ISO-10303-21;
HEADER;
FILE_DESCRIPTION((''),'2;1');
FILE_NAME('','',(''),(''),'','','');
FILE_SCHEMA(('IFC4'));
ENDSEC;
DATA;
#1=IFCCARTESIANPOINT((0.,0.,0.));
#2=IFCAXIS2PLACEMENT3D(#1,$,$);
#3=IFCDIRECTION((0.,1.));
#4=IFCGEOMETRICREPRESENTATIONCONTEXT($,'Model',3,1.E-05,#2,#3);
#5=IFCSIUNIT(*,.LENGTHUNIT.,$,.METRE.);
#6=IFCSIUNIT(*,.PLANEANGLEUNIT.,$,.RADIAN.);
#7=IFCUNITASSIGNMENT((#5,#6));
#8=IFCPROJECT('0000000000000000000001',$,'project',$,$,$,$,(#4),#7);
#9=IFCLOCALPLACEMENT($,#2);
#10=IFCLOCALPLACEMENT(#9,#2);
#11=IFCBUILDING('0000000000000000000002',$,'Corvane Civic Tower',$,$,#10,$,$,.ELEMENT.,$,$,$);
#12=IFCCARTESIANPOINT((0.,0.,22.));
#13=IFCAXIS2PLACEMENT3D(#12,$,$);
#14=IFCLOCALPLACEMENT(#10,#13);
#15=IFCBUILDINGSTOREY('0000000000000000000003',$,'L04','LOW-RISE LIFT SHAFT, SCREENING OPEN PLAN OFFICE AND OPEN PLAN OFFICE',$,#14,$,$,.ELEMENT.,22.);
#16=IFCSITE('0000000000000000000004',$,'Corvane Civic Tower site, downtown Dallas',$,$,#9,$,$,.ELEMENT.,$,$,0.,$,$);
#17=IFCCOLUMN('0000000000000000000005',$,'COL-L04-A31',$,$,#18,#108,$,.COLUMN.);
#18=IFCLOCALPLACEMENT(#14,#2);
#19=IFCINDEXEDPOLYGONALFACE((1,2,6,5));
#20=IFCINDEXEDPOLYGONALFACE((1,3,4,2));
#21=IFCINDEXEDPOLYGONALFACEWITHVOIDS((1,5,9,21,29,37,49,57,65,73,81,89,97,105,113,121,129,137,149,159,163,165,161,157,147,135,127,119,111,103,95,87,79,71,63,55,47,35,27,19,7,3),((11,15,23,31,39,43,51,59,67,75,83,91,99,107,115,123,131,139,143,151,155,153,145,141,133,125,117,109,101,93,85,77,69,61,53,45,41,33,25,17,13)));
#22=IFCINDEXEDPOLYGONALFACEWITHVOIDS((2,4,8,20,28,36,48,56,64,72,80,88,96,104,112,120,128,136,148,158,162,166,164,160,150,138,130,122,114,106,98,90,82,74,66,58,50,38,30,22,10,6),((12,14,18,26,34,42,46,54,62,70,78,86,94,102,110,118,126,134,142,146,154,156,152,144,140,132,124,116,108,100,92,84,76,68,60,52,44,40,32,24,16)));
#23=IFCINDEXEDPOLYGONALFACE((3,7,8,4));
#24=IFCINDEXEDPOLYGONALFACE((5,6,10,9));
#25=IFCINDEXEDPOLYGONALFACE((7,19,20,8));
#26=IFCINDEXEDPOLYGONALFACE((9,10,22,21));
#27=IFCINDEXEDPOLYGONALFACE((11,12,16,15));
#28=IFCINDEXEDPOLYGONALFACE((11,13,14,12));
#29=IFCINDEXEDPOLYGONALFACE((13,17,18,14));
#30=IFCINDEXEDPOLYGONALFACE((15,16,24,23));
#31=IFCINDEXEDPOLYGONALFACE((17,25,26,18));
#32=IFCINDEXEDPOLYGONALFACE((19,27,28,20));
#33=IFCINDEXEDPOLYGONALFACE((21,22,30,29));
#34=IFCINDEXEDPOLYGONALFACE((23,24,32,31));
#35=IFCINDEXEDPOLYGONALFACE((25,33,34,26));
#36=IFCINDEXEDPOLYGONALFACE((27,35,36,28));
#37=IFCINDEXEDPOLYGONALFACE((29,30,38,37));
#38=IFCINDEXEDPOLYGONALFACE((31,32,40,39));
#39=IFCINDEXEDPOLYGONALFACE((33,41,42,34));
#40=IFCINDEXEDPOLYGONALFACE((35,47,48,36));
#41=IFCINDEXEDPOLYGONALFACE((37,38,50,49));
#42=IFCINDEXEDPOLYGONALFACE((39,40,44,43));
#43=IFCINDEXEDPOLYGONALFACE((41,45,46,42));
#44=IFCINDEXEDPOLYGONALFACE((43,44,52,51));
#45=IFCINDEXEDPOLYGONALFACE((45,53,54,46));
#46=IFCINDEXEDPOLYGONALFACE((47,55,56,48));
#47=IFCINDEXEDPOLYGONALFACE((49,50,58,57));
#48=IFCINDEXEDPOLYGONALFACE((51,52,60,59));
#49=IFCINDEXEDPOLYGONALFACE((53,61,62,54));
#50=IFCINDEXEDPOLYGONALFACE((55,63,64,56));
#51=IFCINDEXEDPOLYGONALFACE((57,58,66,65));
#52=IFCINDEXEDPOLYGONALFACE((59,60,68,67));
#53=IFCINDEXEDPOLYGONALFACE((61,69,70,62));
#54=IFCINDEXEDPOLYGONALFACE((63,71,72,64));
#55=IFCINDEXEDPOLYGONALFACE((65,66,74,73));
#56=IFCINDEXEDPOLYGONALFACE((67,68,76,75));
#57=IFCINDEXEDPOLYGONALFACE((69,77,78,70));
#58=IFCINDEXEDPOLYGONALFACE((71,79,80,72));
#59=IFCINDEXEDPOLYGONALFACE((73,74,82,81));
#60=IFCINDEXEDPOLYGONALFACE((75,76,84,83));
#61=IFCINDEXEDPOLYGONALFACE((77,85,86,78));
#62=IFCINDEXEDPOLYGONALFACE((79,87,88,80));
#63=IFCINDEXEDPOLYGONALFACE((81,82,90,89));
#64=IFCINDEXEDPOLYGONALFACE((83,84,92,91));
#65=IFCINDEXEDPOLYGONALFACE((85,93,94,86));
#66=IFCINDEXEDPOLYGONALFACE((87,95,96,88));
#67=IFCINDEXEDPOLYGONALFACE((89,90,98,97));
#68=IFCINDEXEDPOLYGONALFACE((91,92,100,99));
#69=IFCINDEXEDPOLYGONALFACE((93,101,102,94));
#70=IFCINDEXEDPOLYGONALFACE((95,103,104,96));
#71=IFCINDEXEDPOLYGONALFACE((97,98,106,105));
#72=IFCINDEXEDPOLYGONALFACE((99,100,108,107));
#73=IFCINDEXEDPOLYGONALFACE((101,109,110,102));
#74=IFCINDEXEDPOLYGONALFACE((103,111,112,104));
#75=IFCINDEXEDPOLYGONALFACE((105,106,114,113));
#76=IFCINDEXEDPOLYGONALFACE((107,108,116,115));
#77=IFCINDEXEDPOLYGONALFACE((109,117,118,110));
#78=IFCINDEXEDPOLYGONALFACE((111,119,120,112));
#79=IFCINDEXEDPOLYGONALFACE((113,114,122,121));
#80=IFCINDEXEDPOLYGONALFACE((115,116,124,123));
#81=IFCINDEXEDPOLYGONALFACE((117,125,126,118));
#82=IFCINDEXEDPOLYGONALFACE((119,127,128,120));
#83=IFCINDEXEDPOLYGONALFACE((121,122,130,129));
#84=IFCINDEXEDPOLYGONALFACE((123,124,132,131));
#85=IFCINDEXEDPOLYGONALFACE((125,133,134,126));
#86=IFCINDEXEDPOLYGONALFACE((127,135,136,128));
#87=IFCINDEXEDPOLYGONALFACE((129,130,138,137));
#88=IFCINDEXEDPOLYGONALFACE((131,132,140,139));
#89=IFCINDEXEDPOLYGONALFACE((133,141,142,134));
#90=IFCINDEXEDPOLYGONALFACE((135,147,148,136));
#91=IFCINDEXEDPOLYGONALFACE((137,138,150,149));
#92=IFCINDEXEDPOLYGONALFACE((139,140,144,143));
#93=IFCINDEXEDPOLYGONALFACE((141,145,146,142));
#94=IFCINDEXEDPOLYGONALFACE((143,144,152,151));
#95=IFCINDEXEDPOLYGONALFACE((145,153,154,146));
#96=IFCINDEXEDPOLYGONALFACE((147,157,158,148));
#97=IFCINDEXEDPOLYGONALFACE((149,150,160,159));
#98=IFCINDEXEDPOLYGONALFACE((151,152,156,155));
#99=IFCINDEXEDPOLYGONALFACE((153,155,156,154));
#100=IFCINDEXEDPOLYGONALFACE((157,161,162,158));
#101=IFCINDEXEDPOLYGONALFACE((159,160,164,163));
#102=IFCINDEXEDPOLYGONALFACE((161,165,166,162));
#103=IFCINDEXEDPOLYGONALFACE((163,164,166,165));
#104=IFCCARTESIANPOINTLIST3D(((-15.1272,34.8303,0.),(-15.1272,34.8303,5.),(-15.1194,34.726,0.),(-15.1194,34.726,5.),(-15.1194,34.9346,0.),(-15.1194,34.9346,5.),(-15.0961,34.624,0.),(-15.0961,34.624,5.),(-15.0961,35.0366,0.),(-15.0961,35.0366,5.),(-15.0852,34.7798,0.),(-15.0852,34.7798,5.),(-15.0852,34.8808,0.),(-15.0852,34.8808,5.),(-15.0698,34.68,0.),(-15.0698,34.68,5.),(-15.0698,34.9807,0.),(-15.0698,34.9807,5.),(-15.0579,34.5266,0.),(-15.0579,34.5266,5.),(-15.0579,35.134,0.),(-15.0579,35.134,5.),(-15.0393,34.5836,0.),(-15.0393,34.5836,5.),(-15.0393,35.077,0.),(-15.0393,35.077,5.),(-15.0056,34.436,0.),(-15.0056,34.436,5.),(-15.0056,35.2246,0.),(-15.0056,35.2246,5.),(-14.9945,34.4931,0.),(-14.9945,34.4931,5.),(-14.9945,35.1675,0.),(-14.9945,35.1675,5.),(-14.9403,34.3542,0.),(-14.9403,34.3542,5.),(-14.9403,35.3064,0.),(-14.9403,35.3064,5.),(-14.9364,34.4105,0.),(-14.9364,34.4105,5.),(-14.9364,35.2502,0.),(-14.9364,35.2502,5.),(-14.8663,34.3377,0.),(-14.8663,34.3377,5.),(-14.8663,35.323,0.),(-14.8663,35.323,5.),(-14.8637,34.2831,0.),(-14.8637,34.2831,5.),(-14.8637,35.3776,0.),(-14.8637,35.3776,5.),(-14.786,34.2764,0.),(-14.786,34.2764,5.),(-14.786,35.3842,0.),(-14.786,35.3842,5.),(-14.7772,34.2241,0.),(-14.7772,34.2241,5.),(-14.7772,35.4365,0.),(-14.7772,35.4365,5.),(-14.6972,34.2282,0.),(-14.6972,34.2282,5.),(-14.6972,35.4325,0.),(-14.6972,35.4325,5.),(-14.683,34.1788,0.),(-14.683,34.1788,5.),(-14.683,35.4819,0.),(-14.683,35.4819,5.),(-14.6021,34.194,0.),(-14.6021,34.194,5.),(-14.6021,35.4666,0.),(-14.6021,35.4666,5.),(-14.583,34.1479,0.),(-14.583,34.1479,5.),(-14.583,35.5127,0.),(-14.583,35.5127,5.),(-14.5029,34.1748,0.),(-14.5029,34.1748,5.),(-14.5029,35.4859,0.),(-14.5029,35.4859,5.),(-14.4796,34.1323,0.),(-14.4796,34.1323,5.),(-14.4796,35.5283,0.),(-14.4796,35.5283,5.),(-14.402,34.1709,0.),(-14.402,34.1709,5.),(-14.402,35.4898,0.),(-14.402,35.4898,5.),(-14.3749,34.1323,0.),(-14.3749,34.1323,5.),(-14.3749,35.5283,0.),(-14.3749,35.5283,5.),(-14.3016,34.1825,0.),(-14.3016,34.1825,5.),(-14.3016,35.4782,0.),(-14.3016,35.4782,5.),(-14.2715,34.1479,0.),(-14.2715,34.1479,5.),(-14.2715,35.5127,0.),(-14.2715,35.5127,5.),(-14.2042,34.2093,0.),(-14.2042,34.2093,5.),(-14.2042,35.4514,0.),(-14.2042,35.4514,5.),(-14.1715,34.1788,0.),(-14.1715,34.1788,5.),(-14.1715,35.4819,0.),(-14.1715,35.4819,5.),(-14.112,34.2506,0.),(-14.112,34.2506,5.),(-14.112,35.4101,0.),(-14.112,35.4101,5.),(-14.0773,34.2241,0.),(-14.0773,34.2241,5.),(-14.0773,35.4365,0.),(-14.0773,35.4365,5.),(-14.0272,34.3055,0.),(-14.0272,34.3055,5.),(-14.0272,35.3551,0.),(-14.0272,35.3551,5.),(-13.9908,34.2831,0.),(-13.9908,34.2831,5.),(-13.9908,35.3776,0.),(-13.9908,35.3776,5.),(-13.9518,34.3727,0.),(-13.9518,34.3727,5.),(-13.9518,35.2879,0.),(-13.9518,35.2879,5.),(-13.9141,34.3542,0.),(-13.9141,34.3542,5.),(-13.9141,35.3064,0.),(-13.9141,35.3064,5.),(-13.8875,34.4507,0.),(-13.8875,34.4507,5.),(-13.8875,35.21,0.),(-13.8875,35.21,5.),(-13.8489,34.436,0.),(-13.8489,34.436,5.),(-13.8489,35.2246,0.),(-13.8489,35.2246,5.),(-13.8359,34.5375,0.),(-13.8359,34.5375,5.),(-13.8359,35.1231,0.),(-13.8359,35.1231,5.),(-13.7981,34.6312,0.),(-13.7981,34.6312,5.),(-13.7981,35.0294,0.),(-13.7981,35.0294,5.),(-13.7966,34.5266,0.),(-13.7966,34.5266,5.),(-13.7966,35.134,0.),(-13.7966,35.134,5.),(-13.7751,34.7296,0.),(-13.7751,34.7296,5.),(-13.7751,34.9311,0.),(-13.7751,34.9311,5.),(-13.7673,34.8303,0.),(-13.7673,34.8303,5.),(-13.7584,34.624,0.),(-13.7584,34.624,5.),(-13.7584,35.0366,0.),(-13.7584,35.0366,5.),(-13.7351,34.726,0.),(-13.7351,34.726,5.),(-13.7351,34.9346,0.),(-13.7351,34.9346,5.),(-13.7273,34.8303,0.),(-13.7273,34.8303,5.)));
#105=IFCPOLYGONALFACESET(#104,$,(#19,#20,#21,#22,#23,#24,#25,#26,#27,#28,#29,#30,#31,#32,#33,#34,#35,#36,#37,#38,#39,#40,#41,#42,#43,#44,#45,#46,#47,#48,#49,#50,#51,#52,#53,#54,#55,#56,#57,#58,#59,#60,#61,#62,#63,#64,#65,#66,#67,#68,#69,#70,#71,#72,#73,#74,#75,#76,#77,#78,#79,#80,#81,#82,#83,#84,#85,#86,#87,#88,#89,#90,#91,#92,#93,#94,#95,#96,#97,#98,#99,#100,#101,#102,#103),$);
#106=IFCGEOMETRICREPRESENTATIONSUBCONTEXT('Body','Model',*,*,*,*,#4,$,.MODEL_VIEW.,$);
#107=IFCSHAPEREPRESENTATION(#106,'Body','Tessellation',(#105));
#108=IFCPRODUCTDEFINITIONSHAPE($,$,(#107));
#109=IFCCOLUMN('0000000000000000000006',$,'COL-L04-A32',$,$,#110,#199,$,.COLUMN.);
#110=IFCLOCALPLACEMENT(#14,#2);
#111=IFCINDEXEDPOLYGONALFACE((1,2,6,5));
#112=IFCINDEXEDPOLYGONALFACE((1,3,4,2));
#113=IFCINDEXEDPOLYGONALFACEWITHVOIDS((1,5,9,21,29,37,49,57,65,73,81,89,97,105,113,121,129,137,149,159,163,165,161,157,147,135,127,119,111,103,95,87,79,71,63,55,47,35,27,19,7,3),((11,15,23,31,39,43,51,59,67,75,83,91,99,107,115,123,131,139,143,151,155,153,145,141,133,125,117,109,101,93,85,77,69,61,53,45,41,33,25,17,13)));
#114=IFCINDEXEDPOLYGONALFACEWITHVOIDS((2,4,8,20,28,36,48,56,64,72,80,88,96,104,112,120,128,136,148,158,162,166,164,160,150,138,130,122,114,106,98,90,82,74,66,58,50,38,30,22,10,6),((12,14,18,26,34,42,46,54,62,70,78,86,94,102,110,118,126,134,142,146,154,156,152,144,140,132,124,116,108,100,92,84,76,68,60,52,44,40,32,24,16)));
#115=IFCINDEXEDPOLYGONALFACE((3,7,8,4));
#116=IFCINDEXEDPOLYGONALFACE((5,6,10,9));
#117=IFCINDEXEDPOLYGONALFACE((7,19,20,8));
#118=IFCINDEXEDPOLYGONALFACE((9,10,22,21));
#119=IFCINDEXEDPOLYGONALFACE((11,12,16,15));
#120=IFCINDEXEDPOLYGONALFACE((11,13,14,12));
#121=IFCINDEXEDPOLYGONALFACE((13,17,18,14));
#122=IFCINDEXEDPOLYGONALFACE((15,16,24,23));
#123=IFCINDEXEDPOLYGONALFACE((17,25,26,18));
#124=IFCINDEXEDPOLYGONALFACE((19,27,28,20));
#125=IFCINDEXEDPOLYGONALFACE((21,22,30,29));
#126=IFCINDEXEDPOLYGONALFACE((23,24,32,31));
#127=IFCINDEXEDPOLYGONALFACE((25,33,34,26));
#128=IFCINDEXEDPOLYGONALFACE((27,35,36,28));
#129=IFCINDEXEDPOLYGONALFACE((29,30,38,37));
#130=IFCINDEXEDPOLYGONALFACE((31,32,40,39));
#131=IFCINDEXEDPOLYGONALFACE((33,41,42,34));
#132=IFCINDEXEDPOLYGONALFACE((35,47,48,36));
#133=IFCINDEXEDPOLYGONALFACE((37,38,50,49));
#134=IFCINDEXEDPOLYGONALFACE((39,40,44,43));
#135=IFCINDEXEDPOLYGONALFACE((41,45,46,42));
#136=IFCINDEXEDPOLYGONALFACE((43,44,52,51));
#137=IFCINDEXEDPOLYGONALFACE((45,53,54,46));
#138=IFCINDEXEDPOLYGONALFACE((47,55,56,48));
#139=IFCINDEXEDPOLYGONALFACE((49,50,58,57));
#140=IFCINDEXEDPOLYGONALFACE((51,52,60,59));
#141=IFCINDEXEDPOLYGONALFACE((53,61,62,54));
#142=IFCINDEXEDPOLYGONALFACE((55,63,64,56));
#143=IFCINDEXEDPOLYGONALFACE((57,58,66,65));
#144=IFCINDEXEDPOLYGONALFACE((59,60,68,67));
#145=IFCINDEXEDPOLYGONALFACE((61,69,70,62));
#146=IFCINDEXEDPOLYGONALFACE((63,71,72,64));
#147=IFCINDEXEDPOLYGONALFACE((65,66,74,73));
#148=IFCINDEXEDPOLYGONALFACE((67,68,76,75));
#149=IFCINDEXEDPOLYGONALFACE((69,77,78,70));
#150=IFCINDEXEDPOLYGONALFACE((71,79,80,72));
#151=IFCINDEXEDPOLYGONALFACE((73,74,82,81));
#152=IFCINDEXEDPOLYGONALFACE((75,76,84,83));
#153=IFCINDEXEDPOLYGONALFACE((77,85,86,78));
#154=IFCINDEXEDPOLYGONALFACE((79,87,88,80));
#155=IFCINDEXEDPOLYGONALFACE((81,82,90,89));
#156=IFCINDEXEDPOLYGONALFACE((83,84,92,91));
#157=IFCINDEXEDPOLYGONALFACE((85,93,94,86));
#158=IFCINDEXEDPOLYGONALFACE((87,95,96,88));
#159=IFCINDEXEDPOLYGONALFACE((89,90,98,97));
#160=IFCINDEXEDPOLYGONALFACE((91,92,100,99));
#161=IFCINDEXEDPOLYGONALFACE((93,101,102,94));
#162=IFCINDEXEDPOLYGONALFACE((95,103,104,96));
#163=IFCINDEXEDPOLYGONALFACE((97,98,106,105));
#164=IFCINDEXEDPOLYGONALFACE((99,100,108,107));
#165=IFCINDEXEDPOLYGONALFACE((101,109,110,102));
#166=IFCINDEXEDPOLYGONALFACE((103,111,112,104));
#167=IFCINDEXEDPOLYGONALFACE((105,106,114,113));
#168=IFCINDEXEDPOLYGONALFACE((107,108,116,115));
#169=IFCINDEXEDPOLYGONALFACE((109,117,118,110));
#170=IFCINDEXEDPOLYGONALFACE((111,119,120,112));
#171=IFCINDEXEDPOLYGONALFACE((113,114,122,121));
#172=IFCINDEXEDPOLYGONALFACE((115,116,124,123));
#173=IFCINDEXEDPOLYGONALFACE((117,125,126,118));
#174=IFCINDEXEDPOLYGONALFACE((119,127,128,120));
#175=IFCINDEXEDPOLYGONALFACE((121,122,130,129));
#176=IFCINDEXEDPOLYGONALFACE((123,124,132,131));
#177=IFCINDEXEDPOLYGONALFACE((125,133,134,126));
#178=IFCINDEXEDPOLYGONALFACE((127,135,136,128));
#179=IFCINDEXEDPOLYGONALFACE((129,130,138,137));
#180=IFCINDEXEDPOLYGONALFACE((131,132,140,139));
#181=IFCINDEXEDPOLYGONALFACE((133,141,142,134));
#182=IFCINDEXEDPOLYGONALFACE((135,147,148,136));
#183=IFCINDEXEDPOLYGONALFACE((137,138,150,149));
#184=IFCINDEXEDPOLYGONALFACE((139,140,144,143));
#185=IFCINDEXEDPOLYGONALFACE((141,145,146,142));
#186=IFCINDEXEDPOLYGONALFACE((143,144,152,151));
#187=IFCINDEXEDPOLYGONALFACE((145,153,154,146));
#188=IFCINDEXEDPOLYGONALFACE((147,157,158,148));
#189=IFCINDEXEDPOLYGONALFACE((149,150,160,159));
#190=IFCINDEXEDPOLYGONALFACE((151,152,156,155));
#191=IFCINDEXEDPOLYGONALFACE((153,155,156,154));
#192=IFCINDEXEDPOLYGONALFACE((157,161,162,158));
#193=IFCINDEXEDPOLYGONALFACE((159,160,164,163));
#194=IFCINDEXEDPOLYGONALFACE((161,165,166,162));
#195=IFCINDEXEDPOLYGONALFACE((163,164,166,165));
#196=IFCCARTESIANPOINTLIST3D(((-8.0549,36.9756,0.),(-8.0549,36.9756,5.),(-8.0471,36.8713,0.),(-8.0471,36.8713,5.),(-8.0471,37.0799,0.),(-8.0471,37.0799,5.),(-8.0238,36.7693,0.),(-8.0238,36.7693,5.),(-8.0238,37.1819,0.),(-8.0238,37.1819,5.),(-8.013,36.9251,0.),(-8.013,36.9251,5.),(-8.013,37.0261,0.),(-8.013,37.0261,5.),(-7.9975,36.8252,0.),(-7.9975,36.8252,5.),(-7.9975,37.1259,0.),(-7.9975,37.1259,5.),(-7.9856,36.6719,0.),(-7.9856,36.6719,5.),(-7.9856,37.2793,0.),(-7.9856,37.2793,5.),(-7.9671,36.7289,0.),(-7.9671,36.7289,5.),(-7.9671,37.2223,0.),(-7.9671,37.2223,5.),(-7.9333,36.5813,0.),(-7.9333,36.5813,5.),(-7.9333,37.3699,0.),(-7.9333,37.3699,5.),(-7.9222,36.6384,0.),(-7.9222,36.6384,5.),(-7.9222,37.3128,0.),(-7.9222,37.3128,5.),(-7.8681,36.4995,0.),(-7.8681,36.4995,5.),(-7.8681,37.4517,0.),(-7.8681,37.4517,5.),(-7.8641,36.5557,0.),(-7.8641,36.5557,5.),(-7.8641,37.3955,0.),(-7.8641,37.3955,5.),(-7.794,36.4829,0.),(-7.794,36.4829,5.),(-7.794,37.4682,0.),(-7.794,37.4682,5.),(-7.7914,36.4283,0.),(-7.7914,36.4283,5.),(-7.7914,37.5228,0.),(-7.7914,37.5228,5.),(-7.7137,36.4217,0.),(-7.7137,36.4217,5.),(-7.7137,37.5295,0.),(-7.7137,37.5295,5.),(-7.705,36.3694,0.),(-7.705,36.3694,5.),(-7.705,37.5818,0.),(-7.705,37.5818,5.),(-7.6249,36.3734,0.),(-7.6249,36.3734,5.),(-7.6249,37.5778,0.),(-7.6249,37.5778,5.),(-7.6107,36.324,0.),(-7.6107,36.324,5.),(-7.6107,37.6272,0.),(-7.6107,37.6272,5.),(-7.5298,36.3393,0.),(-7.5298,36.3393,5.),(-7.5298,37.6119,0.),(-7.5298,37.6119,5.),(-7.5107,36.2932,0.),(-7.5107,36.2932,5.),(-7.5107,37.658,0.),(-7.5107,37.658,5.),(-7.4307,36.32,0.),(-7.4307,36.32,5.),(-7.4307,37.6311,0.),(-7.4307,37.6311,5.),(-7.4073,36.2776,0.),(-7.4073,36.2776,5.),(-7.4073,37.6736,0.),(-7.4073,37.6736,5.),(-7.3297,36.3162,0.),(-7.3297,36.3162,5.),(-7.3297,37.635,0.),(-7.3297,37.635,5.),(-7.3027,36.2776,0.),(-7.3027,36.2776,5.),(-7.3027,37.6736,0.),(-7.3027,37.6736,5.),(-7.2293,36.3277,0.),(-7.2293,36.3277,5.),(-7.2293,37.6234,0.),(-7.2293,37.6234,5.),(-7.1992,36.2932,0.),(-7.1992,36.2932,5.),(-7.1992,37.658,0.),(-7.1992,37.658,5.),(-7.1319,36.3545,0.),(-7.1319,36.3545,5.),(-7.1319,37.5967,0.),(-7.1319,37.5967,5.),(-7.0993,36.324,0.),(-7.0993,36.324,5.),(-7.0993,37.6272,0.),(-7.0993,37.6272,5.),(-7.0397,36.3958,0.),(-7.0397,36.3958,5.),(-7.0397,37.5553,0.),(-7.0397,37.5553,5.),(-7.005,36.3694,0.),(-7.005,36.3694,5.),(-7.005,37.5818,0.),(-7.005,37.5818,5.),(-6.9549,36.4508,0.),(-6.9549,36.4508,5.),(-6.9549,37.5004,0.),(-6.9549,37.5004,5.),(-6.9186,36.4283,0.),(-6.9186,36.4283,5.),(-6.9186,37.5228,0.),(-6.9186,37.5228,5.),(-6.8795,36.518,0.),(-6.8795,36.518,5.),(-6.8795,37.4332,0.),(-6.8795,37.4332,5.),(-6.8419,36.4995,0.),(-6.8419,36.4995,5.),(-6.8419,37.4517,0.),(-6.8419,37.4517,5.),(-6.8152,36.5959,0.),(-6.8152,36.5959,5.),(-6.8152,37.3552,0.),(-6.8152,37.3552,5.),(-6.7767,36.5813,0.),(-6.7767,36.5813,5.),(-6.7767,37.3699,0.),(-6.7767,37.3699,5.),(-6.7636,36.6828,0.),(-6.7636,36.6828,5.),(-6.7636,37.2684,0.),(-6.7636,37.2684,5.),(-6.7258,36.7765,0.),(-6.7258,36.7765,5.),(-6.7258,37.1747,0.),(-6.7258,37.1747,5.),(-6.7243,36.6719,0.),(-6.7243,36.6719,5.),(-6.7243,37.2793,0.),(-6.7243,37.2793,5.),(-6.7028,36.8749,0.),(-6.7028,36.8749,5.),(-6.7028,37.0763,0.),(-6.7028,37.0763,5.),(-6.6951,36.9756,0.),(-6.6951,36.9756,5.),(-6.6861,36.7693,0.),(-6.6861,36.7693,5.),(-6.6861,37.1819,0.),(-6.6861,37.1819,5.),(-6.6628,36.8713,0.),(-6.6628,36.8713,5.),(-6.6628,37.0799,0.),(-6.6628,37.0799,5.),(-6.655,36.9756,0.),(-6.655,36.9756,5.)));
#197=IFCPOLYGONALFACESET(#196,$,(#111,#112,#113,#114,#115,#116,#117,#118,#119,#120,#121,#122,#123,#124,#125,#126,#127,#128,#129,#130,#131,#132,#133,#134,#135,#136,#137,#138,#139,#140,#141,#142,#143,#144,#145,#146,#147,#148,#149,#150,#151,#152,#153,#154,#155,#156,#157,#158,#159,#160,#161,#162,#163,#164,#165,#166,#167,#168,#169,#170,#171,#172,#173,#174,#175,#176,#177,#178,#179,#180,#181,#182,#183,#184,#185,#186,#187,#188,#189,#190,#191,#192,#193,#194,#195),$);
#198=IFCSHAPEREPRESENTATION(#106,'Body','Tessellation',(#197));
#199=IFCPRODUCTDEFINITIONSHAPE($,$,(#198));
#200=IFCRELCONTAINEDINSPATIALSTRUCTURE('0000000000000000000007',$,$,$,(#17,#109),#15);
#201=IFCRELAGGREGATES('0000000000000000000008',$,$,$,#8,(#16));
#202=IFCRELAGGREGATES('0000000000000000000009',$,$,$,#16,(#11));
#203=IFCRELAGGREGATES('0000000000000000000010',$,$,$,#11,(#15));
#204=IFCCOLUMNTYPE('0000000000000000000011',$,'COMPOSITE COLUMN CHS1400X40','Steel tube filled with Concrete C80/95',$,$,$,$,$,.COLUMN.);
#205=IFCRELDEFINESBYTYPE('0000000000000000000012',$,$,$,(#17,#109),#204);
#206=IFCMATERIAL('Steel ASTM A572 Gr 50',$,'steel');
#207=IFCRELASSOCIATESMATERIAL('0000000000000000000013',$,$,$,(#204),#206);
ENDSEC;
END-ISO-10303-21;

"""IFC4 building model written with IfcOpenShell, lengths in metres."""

from ifc_helpers import new_model, si_unit, direction, frame, origin, origin_2d, place, context, subcontext, project, spatial, hollow_circle, extrude, material, material_profile, profile_set, type_object, element, save


model = new_model("IFC4")

# Units and contexts
model_context = context("Model", 3, precision=1e-05, world=origin(), true_north=direction((0.0, 1.0)))
body_context = subcontext(model_context, "Body", "Model", "MODEL_VIEW")
ifc_project = project(units=[si_unit("LENGTHUNIT", "METRE"), si_unit("PLANEANGLEUNIT", "RADIAN")], contexts=[model_context])

# Site, building, storey
site_placement = place(None, origin())
site = spatial("IfcSite", under=ifc_project, at=site_placement, Name="Corvane Civic Tower site, downtown Dallas", CompositionType="ELEMENT", RefElevation=0.0)
building_placement = place(site_placement, origin())
building = spatial("IfcBuilding", under=site, at=building_placement, Name="Corvane Civic Tower", CompositionType="ELEMENT")
storey_placement = place(building_placement, frame((0.0, 0.0, 22.0)))
storey = spatial("IfcBuildingStorey", under=building, at=storey_placement, Name="L04", Description="LOW-RISE LIFT SHAFT, SCREENING OPEN PLAN OFFICE AND OPEN PLAN OFFICE", CompositionType="ELEMENT", Elevation=22.0)

# Columns
ifc_material_1 = material(Name="Steel ASTM A572 Gr 50", Category="steel")
ifc_material_profile_1 = material_profile(ifc_material_1, hollow_circle(Radius=0.7, WallThickness=0.04, at=origin_2d()), Name="CHS1400X40")
ifc_profile_set_1 = profile_set([ifc_material_profile_1], Name="Steel ASTM A572 Gr 50")
column_type_1 = type_object("IfcColumnType", Name="COMPOSITE COLUMN CHS1400X40", Description="Steel tube filled with Concrete C80/95", PredefinedType="COLUMN", material=ifc_profile_set_1)
for number, where, z_axis, x_axis, name in (
    (1, (-14.4272, 34.8303, 0.0), (0.0, 0.0, 1.0), (1.0, 0.0, 0.0), "COL-L04-A31"),
    (2, (-7.355, 36.9756, 0.0), (0.0, 0.0, 1.0), (1.0, 0.0, 0.0), "COL-L04-A32"),
):
    element("IfcColumn", number, at=place(storey_placement, frame(where, z_axis=z_axis, x_axis=x_axis)), inside=storey, type_object=column_type_1, Name=name, PredefinedType="COLUMN", context=body_context, shape_type="SweptSolid", body=[
        extrude(hollow_circle(Radius=0.7, WallThickness=0.04, at=origin_2d()), origin(), (0.0, 0.0, 1.0), 5.0),
    ])

save(model, "model.ifc")
